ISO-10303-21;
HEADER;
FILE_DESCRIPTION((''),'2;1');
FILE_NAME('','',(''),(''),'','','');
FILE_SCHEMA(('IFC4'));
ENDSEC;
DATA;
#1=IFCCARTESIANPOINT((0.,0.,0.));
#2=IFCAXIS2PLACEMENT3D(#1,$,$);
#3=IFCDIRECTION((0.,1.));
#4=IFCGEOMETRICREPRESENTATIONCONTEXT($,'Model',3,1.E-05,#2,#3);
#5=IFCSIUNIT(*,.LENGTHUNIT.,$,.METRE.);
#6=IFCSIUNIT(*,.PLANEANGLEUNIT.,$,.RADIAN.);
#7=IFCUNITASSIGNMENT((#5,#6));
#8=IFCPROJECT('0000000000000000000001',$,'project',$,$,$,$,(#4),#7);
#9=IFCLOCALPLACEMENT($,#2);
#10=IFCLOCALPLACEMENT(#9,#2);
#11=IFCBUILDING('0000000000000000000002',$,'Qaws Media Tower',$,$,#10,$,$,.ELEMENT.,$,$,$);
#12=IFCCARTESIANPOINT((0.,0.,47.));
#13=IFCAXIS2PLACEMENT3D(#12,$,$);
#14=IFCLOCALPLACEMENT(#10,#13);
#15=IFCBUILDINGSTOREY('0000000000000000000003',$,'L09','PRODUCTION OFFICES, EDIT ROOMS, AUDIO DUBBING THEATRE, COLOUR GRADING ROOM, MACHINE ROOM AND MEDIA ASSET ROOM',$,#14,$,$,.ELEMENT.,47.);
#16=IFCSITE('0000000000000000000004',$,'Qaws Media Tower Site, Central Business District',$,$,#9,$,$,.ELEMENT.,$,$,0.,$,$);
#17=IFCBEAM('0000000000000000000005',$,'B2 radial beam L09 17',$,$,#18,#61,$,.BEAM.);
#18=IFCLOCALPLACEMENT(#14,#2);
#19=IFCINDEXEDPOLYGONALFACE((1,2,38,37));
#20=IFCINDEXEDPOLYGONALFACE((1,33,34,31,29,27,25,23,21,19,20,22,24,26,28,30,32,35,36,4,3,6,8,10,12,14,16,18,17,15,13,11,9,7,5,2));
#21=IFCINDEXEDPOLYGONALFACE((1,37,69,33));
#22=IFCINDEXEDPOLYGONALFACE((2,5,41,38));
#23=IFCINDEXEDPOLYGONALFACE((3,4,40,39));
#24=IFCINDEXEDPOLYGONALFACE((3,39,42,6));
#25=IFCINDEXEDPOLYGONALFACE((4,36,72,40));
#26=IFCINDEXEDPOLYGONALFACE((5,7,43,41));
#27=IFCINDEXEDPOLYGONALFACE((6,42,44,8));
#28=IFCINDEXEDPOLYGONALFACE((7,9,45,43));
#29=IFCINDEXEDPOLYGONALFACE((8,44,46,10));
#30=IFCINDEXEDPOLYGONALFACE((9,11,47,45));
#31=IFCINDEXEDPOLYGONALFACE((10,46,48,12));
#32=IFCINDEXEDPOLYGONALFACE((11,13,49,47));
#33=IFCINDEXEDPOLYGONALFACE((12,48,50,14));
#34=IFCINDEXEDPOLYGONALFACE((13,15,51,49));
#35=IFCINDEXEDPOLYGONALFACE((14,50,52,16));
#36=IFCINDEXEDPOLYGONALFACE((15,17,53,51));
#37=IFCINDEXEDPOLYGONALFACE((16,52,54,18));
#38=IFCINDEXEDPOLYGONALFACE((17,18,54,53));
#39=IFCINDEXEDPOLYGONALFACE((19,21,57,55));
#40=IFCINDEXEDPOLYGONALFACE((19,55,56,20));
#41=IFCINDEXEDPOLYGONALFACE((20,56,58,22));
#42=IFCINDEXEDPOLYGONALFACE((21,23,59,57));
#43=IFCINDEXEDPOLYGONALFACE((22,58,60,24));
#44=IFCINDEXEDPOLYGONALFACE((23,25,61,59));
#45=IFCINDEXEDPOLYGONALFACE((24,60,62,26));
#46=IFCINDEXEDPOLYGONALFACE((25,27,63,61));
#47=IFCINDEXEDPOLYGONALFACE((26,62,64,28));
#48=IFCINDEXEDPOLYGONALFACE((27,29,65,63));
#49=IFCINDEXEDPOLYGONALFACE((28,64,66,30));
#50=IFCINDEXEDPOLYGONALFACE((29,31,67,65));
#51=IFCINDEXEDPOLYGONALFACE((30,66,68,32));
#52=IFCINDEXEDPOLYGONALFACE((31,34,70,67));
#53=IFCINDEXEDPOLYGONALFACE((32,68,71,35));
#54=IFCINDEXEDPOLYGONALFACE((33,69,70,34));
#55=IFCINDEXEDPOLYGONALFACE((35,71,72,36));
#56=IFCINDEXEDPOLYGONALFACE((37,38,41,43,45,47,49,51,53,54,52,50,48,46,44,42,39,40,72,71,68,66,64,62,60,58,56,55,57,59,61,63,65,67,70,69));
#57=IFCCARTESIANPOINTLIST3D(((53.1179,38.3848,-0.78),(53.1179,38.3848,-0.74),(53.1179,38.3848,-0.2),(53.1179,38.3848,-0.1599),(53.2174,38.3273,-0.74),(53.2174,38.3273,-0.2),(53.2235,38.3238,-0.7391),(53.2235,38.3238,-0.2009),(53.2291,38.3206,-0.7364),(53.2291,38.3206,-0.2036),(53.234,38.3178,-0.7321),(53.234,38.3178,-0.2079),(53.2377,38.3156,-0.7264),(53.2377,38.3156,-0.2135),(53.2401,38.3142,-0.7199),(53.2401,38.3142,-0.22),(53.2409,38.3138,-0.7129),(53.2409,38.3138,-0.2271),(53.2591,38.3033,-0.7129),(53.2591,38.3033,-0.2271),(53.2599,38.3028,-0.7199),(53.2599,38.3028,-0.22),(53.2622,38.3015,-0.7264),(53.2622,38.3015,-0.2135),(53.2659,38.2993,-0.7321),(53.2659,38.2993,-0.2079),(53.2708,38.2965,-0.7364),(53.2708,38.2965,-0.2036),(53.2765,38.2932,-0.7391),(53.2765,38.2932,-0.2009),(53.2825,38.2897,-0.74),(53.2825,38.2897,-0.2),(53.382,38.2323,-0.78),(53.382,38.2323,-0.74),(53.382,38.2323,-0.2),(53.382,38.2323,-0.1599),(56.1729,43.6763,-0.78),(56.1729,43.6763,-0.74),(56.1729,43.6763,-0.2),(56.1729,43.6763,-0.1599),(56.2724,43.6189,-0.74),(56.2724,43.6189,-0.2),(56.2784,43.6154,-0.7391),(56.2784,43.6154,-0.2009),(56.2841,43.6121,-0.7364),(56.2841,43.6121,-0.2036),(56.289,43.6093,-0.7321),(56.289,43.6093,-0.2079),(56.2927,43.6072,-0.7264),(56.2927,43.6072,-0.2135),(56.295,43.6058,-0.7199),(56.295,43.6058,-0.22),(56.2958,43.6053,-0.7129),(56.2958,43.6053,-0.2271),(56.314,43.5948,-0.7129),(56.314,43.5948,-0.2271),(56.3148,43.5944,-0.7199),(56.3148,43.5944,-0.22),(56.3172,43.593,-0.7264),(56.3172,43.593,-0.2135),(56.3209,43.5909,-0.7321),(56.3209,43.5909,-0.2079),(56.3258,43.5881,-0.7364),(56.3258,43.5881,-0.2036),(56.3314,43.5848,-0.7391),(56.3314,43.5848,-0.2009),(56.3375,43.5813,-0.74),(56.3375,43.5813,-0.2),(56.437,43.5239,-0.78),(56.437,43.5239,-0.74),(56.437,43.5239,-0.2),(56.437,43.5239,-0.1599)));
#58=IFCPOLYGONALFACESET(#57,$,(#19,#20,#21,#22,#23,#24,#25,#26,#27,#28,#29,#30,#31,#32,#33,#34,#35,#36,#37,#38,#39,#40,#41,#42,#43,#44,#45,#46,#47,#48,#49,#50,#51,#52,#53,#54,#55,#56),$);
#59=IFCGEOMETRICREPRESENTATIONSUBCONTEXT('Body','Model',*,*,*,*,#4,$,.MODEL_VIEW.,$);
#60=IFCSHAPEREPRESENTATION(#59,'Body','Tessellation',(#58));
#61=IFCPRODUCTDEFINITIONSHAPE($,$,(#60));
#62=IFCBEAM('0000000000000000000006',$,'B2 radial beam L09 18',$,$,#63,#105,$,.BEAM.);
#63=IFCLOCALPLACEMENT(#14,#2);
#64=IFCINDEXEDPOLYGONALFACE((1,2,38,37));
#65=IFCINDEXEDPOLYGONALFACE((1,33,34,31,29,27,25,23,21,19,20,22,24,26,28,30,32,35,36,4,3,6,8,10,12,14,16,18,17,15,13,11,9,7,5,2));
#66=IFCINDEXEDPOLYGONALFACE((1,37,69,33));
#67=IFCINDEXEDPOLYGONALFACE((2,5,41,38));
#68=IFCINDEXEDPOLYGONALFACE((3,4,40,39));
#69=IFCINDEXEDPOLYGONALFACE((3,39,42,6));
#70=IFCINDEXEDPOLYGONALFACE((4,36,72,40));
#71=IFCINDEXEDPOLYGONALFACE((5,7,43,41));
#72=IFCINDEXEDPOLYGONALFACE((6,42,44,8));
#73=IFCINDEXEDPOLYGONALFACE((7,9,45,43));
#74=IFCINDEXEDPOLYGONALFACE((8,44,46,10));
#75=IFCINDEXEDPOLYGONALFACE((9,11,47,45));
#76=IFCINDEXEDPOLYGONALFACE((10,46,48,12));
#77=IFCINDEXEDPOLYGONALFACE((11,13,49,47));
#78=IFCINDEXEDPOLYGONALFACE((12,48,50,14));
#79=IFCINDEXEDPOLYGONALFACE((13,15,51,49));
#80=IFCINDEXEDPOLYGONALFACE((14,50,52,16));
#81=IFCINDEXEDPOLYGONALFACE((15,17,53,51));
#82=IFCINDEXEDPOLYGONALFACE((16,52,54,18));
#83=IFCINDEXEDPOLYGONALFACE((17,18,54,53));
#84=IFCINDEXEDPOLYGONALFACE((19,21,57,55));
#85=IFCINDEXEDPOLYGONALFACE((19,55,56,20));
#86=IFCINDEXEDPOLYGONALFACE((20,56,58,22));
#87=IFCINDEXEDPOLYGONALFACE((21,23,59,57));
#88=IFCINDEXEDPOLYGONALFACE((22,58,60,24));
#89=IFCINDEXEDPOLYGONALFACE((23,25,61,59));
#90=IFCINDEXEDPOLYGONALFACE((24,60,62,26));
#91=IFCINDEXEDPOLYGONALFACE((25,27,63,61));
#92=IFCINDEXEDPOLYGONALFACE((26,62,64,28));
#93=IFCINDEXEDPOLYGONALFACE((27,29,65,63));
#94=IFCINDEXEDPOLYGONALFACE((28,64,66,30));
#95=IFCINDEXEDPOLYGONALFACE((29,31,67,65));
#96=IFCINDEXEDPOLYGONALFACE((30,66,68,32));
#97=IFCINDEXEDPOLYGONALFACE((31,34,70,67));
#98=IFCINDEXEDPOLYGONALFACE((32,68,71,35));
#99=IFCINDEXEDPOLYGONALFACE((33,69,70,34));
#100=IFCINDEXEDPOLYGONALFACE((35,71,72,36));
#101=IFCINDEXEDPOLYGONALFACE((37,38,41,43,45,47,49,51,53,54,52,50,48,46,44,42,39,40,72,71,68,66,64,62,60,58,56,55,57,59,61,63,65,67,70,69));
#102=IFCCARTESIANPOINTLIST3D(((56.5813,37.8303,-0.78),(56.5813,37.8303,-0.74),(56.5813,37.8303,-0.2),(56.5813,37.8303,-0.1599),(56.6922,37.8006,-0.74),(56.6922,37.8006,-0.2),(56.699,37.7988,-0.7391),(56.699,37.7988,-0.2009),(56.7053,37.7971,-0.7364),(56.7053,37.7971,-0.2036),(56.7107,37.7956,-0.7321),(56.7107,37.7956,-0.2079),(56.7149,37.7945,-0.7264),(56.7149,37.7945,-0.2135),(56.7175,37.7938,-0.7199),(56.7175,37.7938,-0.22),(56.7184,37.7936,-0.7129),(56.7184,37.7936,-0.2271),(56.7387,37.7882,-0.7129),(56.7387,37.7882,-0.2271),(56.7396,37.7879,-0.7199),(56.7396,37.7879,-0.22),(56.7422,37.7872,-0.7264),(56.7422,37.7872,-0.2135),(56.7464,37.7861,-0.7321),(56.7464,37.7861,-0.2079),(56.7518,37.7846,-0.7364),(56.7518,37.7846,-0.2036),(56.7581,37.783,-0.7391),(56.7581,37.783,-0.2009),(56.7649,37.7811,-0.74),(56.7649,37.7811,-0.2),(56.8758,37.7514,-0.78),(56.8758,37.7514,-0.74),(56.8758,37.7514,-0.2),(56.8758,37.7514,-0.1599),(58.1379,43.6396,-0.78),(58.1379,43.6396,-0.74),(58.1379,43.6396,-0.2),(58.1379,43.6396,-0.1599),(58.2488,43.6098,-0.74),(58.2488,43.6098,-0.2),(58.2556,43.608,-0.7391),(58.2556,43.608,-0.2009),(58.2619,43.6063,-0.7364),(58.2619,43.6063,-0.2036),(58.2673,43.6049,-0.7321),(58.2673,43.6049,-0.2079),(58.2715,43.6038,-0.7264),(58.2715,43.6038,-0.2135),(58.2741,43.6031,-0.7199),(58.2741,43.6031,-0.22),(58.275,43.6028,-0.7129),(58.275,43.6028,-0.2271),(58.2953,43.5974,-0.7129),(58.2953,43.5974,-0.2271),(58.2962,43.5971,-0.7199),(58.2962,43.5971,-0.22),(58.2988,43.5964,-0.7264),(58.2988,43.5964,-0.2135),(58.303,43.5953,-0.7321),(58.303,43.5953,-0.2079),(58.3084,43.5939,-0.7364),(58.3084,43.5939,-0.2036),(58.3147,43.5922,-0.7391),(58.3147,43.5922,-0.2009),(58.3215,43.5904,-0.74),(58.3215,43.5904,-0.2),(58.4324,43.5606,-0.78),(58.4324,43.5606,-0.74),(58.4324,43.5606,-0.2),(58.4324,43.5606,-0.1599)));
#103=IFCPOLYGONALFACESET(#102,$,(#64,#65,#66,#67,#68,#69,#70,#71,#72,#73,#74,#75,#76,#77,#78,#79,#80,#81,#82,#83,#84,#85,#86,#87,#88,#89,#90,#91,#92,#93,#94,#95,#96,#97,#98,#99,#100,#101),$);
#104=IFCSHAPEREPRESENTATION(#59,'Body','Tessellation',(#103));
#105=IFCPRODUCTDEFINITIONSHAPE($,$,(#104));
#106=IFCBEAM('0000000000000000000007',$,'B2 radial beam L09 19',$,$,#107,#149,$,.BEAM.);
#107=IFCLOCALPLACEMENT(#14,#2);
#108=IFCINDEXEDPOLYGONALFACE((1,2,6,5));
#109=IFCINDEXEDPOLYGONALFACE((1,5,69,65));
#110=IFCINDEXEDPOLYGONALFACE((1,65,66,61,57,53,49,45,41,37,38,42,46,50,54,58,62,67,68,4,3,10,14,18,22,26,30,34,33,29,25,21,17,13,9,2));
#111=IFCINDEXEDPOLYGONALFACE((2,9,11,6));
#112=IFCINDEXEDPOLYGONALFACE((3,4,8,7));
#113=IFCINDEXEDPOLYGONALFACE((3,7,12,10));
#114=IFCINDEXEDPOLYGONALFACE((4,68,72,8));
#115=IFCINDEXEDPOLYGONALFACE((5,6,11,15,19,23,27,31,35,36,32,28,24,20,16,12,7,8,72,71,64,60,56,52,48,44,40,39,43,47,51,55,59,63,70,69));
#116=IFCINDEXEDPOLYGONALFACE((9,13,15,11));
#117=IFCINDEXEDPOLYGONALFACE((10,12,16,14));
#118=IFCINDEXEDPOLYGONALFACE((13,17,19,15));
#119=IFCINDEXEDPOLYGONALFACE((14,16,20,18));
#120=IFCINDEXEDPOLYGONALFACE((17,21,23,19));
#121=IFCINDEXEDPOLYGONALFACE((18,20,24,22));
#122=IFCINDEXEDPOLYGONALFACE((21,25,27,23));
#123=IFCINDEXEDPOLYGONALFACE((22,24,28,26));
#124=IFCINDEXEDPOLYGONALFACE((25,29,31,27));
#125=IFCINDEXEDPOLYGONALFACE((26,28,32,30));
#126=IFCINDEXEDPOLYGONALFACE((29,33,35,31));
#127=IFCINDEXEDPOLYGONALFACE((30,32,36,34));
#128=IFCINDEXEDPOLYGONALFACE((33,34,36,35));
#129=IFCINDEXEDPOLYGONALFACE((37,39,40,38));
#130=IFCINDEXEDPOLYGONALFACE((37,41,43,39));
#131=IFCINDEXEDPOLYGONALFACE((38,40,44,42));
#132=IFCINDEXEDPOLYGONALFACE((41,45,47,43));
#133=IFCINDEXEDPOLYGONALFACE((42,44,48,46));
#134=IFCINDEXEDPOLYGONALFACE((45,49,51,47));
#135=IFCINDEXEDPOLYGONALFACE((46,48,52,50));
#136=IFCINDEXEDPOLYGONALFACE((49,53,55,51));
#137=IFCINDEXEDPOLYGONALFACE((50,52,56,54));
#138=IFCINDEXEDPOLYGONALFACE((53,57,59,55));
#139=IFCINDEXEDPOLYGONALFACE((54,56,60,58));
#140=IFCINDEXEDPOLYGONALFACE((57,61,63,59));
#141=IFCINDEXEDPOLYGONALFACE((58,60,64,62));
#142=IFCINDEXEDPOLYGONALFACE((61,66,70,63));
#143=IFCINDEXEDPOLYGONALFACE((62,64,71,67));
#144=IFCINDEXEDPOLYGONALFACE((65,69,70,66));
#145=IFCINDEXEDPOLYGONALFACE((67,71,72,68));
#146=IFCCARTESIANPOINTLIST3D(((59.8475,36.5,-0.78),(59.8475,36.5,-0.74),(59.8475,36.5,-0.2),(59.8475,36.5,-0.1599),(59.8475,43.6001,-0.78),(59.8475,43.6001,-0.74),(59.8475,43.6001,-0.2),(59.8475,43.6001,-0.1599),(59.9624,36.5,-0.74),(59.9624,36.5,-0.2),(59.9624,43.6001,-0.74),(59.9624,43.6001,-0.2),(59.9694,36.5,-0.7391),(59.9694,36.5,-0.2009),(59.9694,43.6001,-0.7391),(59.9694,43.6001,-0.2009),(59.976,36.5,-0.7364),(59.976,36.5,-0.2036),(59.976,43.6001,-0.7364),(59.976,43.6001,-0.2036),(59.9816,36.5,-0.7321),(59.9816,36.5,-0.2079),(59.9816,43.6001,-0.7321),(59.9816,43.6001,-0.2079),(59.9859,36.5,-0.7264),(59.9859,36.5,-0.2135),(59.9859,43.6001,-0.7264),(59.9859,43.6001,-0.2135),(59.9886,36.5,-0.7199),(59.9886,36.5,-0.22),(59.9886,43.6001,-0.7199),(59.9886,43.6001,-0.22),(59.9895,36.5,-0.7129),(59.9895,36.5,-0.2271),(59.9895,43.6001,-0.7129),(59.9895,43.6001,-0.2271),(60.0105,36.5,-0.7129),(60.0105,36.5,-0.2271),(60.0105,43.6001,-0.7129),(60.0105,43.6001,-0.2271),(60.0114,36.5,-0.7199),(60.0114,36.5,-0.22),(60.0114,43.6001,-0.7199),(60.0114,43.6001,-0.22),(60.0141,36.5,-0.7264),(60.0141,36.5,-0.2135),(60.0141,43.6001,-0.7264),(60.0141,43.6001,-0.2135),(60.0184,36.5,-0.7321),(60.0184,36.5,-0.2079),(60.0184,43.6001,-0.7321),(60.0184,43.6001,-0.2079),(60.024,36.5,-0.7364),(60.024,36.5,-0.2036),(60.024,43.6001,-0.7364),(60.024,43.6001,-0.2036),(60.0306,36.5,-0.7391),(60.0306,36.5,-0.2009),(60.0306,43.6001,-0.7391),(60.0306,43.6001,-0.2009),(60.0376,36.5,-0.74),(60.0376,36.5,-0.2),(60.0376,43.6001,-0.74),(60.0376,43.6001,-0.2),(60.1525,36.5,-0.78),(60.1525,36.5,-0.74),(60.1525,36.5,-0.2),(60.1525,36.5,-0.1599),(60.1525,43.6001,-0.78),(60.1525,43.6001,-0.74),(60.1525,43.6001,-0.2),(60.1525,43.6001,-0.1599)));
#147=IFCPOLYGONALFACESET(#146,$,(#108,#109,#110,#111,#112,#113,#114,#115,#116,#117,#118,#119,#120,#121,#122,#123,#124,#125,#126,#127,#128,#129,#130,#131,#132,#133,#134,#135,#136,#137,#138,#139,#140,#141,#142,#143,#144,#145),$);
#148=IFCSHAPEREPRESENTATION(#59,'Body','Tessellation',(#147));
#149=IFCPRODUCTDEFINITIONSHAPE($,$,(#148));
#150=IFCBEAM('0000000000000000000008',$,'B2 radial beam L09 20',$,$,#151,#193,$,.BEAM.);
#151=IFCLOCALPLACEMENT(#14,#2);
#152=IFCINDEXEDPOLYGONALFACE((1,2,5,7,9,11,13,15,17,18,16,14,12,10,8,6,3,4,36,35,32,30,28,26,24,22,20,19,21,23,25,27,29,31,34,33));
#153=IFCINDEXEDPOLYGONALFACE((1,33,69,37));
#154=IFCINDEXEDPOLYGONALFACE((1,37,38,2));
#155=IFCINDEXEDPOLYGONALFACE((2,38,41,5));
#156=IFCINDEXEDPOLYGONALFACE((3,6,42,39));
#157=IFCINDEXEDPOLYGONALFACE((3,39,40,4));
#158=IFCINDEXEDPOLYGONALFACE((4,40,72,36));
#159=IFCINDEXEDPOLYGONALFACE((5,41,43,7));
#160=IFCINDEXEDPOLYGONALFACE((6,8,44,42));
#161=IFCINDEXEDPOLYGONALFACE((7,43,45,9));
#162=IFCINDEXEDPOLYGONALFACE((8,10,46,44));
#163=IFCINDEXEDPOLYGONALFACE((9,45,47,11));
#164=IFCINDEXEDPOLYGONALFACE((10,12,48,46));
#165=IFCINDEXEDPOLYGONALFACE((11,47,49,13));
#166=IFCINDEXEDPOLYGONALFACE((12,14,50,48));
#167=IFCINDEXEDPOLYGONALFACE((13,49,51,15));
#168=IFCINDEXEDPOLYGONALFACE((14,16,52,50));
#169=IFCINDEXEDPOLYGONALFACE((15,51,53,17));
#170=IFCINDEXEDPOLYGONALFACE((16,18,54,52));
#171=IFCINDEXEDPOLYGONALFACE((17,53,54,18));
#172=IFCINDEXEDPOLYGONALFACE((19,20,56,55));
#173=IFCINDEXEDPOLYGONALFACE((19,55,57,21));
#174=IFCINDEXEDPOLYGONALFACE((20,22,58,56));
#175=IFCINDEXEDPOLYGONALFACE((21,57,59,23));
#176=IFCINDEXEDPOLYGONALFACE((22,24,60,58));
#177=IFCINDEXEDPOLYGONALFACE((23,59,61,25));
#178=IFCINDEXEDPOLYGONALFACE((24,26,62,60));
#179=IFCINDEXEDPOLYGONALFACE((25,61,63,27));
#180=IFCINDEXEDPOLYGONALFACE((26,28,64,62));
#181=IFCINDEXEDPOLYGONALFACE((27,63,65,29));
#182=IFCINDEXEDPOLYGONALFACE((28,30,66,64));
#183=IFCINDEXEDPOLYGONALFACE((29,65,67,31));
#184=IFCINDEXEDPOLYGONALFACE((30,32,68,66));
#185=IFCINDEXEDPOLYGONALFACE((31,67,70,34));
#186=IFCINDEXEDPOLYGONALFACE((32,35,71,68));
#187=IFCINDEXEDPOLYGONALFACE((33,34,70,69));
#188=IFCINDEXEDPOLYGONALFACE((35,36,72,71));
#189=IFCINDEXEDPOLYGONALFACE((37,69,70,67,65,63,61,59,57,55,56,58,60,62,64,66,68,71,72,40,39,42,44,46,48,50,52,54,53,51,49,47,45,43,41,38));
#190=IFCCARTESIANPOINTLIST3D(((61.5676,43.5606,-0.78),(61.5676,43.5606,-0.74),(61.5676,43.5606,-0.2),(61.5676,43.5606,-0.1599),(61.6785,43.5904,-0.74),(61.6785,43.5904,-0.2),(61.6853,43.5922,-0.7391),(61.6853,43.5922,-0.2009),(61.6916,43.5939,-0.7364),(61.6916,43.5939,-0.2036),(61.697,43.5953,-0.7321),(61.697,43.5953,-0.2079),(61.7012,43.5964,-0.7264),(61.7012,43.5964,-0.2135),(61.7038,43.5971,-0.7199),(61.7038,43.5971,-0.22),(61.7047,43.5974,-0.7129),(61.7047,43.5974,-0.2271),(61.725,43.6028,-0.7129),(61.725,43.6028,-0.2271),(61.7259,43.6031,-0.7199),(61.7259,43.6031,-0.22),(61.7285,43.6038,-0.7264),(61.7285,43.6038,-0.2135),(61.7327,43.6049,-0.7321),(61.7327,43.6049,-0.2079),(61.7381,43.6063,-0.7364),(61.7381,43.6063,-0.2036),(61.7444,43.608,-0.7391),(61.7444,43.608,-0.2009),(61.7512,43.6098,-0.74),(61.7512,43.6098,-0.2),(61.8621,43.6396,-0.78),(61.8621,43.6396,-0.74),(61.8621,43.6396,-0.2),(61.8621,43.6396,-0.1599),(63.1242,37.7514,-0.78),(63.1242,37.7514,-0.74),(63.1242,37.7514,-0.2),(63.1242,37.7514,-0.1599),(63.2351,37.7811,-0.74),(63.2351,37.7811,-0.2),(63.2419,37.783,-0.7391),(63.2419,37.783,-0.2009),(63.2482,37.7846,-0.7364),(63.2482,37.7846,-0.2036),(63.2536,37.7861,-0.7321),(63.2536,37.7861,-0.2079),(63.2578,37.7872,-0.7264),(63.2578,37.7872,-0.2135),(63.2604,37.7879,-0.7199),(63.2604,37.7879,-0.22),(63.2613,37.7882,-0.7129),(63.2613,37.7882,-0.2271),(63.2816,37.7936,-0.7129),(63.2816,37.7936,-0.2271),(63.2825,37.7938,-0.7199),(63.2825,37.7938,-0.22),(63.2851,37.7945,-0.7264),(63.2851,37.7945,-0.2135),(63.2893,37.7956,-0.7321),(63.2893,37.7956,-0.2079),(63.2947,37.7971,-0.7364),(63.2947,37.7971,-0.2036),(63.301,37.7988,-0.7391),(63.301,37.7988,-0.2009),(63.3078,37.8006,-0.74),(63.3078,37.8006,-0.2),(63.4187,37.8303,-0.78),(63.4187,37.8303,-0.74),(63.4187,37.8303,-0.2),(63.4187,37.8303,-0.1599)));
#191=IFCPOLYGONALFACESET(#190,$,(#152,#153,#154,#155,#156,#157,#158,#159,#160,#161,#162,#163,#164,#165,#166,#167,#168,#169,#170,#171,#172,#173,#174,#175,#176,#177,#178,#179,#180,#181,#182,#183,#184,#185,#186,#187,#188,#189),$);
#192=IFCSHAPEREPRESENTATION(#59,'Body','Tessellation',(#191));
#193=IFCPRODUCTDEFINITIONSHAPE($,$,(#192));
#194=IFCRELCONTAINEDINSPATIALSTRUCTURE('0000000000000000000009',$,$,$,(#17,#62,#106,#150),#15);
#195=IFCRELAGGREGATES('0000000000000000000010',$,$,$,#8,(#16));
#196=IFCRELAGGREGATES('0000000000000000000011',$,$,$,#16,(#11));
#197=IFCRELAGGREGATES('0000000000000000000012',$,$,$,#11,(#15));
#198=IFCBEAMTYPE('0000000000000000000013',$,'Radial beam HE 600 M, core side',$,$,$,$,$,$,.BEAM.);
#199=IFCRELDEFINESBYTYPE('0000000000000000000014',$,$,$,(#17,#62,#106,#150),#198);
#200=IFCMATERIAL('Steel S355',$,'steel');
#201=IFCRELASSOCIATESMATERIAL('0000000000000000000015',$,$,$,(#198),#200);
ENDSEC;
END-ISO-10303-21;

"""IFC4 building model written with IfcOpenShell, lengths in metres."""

from ifc_helpers import new_model, si_unit, direction, frame, origin, origin_2d, place, context, subcontext, project, spatial, i_section, extrude, material, material_profile, profile_set, type_object, element, save


model = new_model("IFC4")

# Units and contexts
model_context = context("Model", 3, precision=1e-05, world=origin(), true_north=direction((0.0, 1.0)))
body_context = subcontext(model_context, "Body", "Model", "MODEL_VIEW")
ifc_project = project(units=[si_unit("LENGTHUNIT", "METRE"), si_unit("PLANEANGLEUNIT", "RADIAN")], contexts=[model_context])

# Site, building, storey
site_placement = place(None, origin())
site = spatial("IfcSite", under=ifc_project, at=site_placement, Name="Qaws Media Tower Site, Central Business District", CompositionType="ELEMENT", RefElevation=0.0)
building_placement = place(site_placement, origin())
building = spatial("IfcBuilding", under=site, at=building_placement, Name="Qaws Media Tower", CompositionType="ELEMENT")
storey_placement = place(building_placement, frame((0.0, 0.0, 47.0)))
storey = spatial("IfcBuildingStorey", under=building, at=storey_placement, Name="L09", Description="PRODUCTION OFFICES, EDIT ROOMS, AUDIO DUBBING THEATRE, COLOUR GRADING ROOM, MACHINE ROOM AND MEDIA ASSET ROOM", CompositionType="ELEMENT", Elevation=47.0)

# Beams
ifc_material_1 = material(Name="Steel S355", Category="steel")
ifc_material_profile = material_profile(ifc_material_1, i_section(OverallWidth=0.3049, OverallDepth=0.6201, WebThickness=0.021, FlangeThickness=0.04, FilletRadius=0.0271, at=origin_2d()), Name="HE 600 M")
ifc_profile_set = profile_set([ifc_material_profile], Name="Steel S355")
beam_type = type_object("IfcBeamType", Name="Radial beam HE 600 M, core side", PredefinedType="BEAM", material=ifc_profile_set)
beam_1_placement = place(storey_placement, frame((56.3049, 43.6001, -0.47), z_axis=(-0.499985, -0.866034, 0.0), x_axis=(0.866034, -0.499985, 0.0)))
element("IfcBeam", 1, at=beam_1_placement, inside=storey, type_object=beam_type, Name="B2 radial beam L09 17", PredefinedType="BEAM", context=body_context, shape_type="SweptSolid", body=[
    extrude(i_section(OverallWidth=0.3049, OverallDepth=0.6201, WebThickness=0.021, FlangeThickness=0.04, FilletRadius=0.0271, at=origin_2d()), origin(), (0.0, 0.0, 1.0), 6.1101),
])
beam_2_placement = place(storey_placement, frame((58.2852, 43.6001, -0.47), z_axis=(-0.258825, -0.965924, 0.0), x_axis=(0.965924, -0.258825, 0.0)))
element("IfcBeam", 2, at=beam_2_placement, inside=storey, type_object=beam_type, Name="B2 radial beam L09 18", PredefinedType="BEAM", context=body_context, shape_type="SweptSolid", body=[
    extrude(i_section(OverallWidth=0.3049, OverallDepth=0.6201, WebThickness=0.021, FlangeThickness=0.04, FilletRadius=0.0271, at=origin_2d()), origin(), (0.0, 0.0, 1.0), 6.0142),
])
beam_3_placement = place(storey_placement, frame((60.0, 43.6001, -0.47), z_axis=(0.0, -1.0, 0.0), x_axis=(1.0, 0.0, 0.0)))
element("IfcBeam", 3, at=beam_3_placement, inside=storey, type_object=beam_type, Name="B2 radial beam L09 19", PredefinedType="BEAM", context=body_context, shape_type="SweptSolid", body=[
    extrude(i_section(OverallWidth=0.3049, OverallDepth=0.6201, WebThickness=0.021, FlangeThickness=0.04, FilletRadius=0.0271, at=origin_2d()), origin(), (0.0, 0.0, 1.0), 7.1001),
])
beam_4_placement = place(storey_placement, frame((61.7148, 43.6001, -0.47), z_axis=(0.258825, -0.965924, 0.0), x_axis=(0.965924, 0.258825, 0.0)))
element("IfcBeam", 4, at=beam_4_placement, inside=storey, type_object=beam_type, Name="B2 radial beam L09 20", PredefinedType="BEAM", context=body_context, shape_type="SweptSolid", body=[
    extrude(i_section(OverallWidth=0.3049, OverallDepth=0.6201, WebThickness=0.021, FlangeThickness=0.04, FilletRadius=0.0271, at=origin_2d()), origin(), (0.0, 0.0, 1.0), 6.0142),
])

save(model, "model.ifc")
